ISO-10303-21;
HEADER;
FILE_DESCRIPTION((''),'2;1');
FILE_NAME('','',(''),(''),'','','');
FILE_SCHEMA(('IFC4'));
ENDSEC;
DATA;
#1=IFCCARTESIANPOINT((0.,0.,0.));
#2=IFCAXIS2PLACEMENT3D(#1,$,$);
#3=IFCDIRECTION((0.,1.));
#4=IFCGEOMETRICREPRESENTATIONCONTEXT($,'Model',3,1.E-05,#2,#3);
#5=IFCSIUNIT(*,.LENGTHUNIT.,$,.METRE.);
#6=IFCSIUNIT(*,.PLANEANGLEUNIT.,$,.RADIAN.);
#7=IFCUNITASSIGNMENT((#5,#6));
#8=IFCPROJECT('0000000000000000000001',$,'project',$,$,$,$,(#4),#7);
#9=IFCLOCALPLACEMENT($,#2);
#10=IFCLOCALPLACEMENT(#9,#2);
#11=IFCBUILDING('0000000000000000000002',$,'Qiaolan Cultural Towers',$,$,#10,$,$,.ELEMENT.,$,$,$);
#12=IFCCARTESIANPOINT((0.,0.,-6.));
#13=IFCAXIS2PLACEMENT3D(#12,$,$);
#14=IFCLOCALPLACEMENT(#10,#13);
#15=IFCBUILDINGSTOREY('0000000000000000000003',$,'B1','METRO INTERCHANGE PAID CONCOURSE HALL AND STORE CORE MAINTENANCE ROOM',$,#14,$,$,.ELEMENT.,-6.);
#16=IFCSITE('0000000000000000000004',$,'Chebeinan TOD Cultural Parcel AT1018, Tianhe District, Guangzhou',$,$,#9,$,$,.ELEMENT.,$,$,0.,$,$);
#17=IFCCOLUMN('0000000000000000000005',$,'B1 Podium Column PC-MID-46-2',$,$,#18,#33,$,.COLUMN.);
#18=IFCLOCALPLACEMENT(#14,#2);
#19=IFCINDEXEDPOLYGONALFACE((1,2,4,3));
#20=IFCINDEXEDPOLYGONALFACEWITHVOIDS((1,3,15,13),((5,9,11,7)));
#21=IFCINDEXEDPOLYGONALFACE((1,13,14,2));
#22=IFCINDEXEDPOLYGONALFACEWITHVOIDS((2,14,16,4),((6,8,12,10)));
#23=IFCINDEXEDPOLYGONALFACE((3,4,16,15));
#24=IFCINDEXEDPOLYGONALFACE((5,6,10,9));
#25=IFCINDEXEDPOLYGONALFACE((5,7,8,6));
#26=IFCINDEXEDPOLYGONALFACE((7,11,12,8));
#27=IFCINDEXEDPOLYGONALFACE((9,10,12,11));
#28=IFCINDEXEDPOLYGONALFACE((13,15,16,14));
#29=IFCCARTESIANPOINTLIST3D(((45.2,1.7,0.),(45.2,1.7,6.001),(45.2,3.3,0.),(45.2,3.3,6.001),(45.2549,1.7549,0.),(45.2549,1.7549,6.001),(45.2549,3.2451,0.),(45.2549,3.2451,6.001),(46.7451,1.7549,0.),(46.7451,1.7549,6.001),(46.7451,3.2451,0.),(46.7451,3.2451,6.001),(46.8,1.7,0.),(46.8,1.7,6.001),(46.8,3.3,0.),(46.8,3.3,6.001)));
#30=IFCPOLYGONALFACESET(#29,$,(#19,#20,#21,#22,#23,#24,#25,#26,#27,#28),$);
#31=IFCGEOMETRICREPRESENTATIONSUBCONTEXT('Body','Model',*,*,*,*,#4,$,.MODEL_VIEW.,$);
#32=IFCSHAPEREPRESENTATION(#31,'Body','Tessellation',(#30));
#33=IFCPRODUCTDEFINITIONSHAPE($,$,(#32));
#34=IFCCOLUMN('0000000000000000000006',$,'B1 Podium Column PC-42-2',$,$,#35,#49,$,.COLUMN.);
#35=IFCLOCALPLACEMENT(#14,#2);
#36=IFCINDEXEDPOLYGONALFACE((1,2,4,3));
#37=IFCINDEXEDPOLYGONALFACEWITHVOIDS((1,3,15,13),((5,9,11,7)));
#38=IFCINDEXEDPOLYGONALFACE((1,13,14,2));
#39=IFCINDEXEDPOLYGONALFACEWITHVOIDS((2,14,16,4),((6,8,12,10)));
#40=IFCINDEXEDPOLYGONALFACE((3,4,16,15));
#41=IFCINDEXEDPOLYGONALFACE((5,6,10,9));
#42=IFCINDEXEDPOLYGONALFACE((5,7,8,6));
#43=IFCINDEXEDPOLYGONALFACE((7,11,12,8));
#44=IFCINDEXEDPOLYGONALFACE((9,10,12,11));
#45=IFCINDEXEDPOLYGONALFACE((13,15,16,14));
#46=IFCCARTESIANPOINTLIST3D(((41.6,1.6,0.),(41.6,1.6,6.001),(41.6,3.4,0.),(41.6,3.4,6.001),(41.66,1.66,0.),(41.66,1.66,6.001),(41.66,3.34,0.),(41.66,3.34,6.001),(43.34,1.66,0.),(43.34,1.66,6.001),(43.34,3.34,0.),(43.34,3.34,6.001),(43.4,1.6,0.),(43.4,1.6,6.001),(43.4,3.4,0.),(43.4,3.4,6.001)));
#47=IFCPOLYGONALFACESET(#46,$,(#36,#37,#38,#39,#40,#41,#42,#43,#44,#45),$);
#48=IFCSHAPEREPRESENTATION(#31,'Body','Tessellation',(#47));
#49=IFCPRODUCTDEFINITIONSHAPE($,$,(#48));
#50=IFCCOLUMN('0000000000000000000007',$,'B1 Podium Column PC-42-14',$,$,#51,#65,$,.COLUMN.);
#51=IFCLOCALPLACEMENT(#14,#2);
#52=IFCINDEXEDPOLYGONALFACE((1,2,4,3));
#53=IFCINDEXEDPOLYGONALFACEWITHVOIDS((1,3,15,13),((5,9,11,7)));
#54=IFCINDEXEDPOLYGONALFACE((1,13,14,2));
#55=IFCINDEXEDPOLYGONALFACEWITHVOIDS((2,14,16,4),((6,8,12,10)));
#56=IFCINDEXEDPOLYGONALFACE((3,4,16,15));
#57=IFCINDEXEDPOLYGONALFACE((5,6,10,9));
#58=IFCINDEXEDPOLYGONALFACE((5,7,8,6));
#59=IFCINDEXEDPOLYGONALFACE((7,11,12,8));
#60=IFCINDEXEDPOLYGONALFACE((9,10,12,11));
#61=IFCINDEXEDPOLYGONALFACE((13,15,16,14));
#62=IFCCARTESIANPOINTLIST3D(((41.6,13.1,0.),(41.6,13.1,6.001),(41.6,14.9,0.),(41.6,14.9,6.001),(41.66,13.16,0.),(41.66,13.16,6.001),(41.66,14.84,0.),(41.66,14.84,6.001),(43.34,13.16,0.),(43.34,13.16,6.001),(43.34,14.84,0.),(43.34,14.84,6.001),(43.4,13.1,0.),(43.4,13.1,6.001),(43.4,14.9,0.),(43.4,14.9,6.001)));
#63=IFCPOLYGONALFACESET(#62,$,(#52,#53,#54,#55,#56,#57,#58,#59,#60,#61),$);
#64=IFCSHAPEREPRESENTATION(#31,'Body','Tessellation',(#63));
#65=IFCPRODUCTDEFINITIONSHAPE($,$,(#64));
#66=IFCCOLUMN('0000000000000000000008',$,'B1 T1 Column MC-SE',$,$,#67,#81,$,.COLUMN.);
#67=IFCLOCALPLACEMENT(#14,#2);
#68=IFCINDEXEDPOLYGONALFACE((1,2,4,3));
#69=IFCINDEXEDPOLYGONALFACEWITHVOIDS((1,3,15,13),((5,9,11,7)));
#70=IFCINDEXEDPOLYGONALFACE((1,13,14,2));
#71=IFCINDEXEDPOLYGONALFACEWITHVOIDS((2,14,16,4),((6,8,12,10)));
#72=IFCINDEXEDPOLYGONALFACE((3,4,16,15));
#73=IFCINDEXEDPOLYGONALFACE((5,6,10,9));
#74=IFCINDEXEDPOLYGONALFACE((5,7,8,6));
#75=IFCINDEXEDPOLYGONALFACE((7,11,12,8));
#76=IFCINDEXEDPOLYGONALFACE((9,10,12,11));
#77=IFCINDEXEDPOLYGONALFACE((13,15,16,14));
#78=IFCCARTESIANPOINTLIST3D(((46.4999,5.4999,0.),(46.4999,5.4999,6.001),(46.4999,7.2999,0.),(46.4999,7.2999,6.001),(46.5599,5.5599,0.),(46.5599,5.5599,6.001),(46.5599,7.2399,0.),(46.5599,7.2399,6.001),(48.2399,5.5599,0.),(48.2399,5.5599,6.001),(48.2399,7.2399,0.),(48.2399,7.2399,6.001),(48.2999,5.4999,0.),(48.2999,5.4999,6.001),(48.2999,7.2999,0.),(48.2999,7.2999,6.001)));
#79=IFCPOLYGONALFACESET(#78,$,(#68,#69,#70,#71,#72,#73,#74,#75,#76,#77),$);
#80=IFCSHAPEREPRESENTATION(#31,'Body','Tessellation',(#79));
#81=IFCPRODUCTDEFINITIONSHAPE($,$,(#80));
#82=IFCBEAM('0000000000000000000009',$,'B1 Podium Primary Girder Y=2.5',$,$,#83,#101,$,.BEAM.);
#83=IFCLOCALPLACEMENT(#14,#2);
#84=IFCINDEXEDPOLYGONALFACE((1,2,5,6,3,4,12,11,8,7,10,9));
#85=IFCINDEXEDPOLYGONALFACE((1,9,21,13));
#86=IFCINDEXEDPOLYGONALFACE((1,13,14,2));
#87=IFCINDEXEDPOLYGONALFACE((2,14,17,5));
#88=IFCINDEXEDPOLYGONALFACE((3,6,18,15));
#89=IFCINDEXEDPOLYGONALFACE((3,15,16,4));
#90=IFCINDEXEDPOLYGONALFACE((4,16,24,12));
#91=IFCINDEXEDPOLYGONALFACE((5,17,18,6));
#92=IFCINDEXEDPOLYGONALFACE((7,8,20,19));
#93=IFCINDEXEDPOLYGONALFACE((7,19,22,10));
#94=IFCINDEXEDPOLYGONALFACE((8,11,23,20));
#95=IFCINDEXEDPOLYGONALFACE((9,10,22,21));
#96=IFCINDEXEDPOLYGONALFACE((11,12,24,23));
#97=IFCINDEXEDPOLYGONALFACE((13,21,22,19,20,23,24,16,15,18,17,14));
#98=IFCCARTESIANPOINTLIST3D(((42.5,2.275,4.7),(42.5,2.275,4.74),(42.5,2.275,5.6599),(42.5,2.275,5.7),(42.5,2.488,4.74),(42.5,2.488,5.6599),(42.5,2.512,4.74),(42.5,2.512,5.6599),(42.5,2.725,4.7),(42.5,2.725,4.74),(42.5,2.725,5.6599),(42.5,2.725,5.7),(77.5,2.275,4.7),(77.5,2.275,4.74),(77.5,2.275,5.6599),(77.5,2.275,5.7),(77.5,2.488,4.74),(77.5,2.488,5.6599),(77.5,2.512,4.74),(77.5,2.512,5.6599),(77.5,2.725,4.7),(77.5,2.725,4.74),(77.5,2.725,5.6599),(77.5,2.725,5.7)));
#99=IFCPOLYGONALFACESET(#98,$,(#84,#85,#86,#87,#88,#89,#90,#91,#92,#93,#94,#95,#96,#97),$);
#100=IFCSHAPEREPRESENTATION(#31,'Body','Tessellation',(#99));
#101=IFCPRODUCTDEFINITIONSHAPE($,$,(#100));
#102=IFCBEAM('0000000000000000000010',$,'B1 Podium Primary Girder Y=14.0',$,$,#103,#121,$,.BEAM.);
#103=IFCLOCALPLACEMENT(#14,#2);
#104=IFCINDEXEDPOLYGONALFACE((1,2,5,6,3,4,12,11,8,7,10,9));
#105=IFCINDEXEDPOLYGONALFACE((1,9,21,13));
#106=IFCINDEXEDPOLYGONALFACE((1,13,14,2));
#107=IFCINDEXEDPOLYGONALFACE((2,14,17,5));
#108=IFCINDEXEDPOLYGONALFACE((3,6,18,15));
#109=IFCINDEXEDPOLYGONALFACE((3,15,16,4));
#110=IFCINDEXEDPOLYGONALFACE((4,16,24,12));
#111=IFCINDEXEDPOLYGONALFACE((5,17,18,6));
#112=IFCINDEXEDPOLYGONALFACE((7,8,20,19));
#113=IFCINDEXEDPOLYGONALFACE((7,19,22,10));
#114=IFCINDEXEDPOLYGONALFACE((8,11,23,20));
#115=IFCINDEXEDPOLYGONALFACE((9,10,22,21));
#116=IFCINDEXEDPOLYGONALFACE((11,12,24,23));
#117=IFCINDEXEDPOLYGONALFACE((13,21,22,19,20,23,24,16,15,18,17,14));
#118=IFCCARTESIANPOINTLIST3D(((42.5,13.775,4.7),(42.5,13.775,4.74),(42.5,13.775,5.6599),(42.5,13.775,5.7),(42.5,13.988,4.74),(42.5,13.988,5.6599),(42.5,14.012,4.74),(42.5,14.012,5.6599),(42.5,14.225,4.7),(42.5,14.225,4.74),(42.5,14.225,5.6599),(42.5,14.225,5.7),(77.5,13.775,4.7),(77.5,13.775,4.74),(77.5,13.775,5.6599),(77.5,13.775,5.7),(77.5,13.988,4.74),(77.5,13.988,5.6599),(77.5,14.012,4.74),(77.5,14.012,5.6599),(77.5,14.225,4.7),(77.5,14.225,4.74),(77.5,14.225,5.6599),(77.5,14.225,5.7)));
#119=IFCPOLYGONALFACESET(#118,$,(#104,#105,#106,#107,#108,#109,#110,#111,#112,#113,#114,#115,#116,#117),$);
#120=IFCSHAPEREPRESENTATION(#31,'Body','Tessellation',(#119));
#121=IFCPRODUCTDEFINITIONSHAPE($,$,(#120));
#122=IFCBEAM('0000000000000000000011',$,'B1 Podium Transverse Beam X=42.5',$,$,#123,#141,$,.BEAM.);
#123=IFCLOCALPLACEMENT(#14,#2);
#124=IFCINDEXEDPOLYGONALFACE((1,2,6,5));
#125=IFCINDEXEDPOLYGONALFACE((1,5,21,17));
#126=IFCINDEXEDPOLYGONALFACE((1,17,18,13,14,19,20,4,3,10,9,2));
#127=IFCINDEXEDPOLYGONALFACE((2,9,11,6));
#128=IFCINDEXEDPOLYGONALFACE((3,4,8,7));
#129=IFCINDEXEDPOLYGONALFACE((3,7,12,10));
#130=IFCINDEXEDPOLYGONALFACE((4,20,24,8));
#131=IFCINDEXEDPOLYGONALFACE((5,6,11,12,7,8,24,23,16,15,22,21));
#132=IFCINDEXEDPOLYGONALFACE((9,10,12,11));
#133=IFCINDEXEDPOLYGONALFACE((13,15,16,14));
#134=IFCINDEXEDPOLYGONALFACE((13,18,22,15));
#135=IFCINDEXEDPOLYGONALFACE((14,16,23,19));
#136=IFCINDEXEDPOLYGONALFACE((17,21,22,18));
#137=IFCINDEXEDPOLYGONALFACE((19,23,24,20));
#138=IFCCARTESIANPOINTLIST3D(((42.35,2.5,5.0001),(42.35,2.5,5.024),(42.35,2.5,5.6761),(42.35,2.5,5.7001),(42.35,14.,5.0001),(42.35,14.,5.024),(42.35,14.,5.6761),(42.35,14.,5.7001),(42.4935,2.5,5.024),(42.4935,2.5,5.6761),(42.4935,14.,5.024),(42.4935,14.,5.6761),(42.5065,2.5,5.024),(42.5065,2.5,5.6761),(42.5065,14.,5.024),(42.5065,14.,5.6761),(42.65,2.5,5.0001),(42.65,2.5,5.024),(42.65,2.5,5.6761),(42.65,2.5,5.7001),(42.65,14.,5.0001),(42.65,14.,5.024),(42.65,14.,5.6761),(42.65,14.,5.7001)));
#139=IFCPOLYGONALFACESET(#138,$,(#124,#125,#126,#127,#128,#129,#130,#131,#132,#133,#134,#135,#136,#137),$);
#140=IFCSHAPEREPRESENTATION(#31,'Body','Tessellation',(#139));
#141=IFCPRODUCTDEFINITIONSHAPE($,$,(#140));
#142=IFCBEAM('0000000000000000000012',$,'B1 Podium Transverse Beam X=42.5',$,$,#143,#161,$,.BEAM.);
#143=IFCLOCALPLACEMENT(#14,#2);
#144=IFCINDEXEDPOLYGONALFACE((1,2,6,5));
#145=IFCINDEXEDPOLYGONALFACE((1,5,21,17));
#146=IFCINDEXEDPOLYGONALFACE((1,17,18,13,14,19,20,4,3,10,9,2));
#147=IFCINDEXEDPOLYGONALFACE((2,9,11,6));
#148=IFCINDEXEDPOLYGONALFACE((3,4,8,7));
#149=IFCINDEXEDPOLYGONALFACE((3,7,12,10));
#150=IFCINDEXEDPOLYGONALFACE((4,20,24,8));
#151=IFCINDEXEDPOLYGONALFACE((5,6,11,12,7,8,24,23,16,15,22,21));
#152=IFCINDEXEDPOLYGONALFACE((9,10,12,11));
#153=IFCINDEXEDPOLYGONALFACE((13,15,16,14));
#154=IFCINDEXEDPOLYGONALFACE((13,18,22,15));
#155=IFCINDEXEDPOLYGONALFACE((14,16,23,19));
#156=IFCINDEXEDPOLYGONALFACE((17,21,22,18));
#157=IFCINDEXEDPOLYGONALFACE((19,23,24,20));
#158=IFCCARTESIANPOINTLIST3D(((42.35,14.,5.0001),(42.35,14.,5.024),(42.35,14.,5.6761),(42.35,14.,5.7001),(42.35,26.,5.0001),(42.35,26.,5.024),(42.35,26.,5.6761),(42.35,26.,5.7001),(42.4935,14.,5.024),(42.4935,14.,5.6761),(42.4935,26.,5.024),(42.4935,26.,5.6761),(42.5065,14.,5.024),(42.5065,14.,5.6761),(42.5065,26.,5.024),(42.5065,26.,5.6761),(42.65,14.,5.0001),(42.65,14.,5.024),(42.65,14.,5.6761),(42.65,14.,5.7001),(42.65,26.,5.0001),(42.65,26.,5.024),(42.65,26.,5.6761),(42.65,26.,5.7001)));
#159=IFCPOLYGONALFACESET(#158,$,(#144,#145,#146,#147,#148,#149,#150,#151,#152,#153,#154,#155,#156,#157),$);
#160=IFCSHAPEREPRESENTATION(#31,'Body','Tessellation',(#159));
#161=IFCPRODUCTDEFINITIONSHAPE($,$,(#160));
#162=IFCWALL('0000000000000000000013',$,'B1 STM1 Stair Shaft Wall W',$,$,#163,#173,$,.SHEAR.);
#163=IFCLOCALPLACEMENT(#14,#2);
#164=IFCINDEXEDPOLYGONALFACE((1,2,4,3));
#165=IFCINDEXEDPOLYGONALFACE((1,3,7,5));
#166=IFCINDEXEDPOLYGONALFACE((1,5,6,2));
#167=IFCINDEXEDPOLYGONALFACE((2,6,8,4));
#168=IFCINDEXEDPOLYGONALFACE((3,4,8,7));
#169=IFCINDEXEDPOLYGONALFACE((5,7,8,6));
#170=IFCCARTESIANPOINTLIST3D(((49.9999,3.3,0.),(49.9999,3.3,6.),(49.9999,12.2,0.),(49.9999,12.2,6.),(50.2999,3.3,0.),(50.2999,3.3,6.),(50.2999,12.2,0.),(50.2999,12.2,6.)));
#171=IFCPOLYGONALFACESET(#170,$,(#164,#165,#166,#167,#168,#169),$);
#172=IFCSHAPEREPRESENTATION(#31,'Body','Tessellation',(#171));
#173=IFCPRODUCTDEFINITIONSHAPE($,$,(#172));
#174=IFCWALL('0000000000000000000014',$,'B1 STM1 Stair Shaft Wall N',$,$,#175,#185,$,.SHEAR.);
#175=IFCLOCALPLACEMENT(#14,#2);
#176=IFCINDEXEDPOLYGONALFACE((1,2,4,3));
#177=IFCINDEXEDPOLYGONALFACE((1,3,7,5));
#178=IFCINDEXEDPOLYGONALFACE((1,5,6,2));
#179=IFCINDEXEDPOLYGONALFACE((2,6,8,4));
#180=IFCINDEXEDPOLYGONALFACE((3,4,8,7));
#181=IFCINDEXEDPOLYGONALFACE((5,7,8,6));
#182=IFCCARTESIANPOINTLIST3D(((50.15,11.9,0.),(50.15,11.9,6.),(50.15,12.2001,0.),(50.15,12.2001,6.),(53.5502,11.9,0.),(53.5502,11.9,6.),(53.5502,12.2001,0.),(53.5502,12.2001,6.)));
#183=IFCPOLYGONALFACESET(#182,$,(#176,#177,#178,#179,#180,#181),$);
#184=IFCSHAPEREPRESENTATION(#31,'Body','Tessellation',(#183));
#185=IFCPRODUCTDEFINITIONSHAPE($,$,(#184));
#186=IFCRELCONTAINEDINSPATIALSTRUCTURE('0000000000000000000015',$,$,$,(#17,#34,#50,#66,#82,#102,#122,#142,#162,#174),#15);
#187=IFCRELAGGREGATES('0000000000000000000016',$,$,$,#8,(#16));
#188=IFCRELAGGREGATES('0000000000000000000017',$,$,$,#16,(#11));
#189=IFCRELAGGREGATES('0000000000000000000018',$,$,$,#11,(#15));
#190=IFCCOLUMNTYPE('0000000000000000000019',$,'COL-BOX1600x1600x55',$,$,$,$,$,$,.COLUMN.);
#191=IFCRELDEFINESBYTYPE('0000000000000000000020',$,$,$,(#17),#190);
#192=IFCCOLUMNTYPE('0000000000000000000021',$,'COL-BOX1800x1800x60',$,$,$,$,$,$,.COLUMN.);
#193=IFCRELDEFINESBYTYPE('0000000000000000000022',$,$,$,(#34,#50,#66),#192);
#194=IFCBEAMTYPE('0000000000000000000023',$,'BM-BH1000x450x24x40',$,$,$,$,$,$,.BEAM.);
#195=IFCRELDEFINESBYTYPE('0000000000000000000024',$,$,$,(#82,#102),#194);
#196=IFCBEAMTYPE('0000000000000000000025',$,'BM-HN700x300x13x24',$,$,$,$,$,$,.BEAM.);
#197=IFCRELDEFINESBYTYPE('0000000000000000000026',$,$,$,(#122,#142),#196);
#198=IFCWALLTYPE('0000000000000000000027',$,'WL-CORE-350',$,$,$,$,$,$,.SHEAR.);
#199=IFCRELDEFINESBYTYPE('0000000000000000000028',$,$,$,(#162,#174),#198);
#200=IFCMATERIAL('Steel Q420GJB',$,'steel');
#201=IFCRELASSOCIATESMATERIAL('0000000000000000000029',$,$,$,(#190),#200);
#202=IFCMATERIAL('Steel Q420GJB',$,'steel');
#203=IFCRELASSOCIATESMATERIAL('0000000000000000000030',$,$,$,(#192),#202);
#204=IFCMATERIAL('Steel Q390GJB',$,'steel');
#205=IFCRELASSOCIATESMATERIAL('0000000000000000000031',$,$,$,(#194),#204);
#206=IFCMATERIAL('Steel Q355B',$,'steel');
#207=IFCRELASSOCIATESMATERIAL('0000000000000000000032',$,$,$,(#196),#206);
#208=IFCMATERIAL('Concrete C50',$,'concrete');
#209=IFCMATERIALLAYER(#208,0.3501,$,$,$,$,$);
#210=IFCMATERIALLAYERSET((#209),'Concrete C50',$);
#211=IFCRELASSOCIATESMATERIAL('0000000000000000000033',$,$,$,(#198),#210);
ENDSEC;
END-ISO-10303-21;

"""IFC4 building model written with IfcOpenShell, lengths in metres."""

from ifc_helpers import new_model, si_unit, direction, frame, frame_2d, origin, origin_2d, place, context, subcontext, project, spatial, rectangle, hollow_rectangle, i_section, extrude, material, layer, layer_set, material_profile, profile_set, type_object, element, save


model = new_model("IFC4")

# Units and contexts
model_context = context("Model", 3, precision=1e-05, world=origin(), true_north=direction((0.0, 1.0)))
body_context = subcontext(model_context, "Body", "Model", "MODEL_VIEW")
ifc_project = project(units=[si_unit("LENGTHUNIT", "METRE"), si_unit("PLANEANGLEUNIT", "RADIAN")], contexts=[model_context])

# Site, building, storey
site_placement = place(None, origin())
site = spatial("IfcSite", under=ifc_project, at=site_placement, Name="Chebeinan TOD Cultural Parcel AT1018, Tianhe District, Guangzhou", CompositionType="ELEMENT", RefElevation=0.0)
building_placement = place(site_placement, origin())
building = spatial("IfcBuilding", under=site, at=building_placement, Name="Qiaolan Cultural Towers", CompositionType="ELEMENT")
storey_placement = place(building_placement, frame((0.0, 0.0, -6.0)))
storey = spatial("IfcBuildingStorey", under=building, at=storey_placement, Name="B1", Description="METRO INTERCHANGE PAID CONCOURSE HALL AND STORE CORE MAINTENANCE ROOM", CompositionType="ELEMENT", Elevation=-6.0)

# Columns
ifc_material_1 = material(Name="Steel Q420GJB", Category="steel")
ifc_material_profile_1 = material_profile(ifc_material_1, hollow_rectangle(XDim=1.6001, YDim=1.6001, WallThickness=0.0549, at=origin_2d()), Name="BOX1600x1600x55")
ifc_profile_set_1 = profile_set([ifc_material_profile_1], Name="Steel Q420GJB")
column_type_1 = type_object("IfcColumnType", Name="COL-BOX1600x1600x55", PredefinedType="COLUMN", material=ifc_profile_set_1)
column_placement = place(storey_placement, frame((46.0, 2.5, 0.0), z_axis=(0.0, 0.0, 1.0), x_axis=(1.0, 0.0, 0.0)))
element("IfcColumn", 1, at=column_placement, inside=storey, type_object=column_type_1, Name="B1 Podium Column PC-MID-46-2", PredefinedType="COLUMN", context=body_context, shape_type="SweptSolid", body=[
    extrude(hollow_rectangle(XDim=1.6001, YDim=1.6001, WallThickness=0.0549, at=origin_2d()), origin(), (0.0, 0.0, 1.0), 6.001),
])
ifc_material_2 = material(Name="Steel Q420GJB", Category="steel")
ifc_material_profile_2 = material_profile(ifc_material_2, hollow_rectangle(XDim=1.8, YDim=1.8, WallThickness=0.0601, at=origin_2d()), Name="BOX1800x1800x60")
ifc_profile_set_2 = profile_set([ifc_material_profile_2], Name="Steel Q420GJB")
column_type_2 = type_object("IfcColumnType", Name="COL-BOX1800x1800x60", PredefinedType="COLUMN", material=ifc_profile_set_2)
for number, where, z_axis, x_axis, name in (
    (2, (42.5, 2.5, 0.0), (0.0, 0.0, 1.0), (1.0, 0.0, 0.0), "B1 Podium Column PC-42-2"),
    (3, (42.5, 14.0, 0.0), (0.0, 0.0, 1.0), (1.0, 0.0, 0.0), "B1 Podium Column PC-42-14"),
    (4, (47.3999, 6.3999, 0.0), (0.0, 0.0, 1.0), (1.0, 0.0, 0.0), "B1 T1 Column MC-SE"),
):
    element("IfcColumn", number, at=place(storey_placement, frame(where, z_axis=z_axis, x_axis=x_axis)), inside=storey, type_object=column_type_2, Name=name, PredefinedType="COLUMN", context=body_context, shape_type="SweptSolid", body=[
        extrude(hollow_rectangle(XDim=1.8, YDim=1.8, WallThickness=0.0601, at=origin_2d()), origin(), (0.0, 0.0, 1.0), 6.001),
    ])

# Beams
ifc_material_3 = material(Name="Steel Q390GJB", Category="steel")
ifc_material_profile_3 = material_profile(ifc_material_3, i_section(OverallWidth=0.45, OverallDepth=1.0, WebThickness=0.0239, FlangeThickness=0.04, at=origin_2d()), Name="BH1000x450x24x40")
ifc_profile_set_3 = profile_set([ifc_material_profile_3], Name="Steel Q390GJB")
beam_type_1 = type_object("IfcBeamType", Name="BM-BH1000x450x24x40", PredefinedType="BEAM", material=ifc_profile_set_3)
for number, where, z_axis, x_axis, name in (
    (5, (42.5, 2.5, 5.2), (1.0, 0.0, 0.0), (0.0, 1.0, 0.0), "B1 Podium Primary Girder Y=2.5"),
    (6, (42.5, 14.0, 5.2), (1.0, 0.0, 0.0), (0.0, 1.0, 0.0), "B1 Podium Primary Girder Y=14.0"),
):
    element("IfcBeam", number, at=place(storey_placement, frame(where, z_axis=z_axis, x_axis=x_axis)), inside=storey, type_object=beam_type_1, Name=name, PredefinedType="BEAM", context=body_context, shape_type="SweptSolid", body=[
        extrude(i_section(OverallWidth=0.45, OverallDepth=1.0, WebThickness=0.0239, FlangeThickness=0.04, at=origin_2d()), origin(), (0.0, 0.0, 1.0), 35.0),
    ])
ifc_material_4 = material(Name="Steel Q355B", Category="steel")
ifc_material_profile_4 = material_profile(ifc_material_4, i_section(OverallWidth=0.3, OverallDepth=0.7, WebThickness=0.0129, FlangeThickness=0.0239, at=origin_2d()), Name="HN700x300x13x24")
ifc_profile_set_4 = profile_set([ifc_material_profile_4], Name="Steel Q355B")
beam_type_2 = type_object("IfcBeamType", Name="BM-HN700x300x13x24", PredefinedType="BEAM", material=ifc_profile_set_4)
beam_1_placement = place(storey_placement, frame((42.5, 2.5, 5.3501), z_axis=(0.0, 1.0, 0.0), x_axis=(-1.0, 0.0, 0.0)))
element("IfcBeam", 7, at=beam_1_placement, inside=storey, type_object=beam_type_2, Name="B1 Podium Transverse Beam X=42.5", PredefinedType="BEAM", context=body_context, shape_type="SweptSolid", body=[
    extrude(i_section(OverallWidth=0.3, OverallDepth=0.7, WebThickness=0.0129, FlangeThickness=0.0239, at=origin_2d()), origin(), (0.0, 0.0, 1.0), 11.5),
])
beam_2_placement = place(storey_placement, frame((42.5, 14.0, 5.3501), z_axis=(0.0, 1.0, 0.0), x_axis=(-1.0, 0.0, 0.0)))
element("IfcBeam", 8, at=beam_2_placement, inside=storey, type_object=beam_type_2, Name="B1 Podium Transverse Beam X=42.5", PredefinedType="BEAM", context=body_context, shape_type="SweptSolid", body=[
    extrude(i_section(OverallWidth=0.3, OverallDepth=0.7, WebThickness=0.0129, FlangeThickness=0.0239, at=origin_2d()), origin(), (0.0, 0.0, 1.0), 12.0),
])

# Walls
ifc_material_5 = material(Name="Concrete C50", Category="concrete")
ifc_layer_1 = layer(ifc_material_5, 0.3501)
ifc_layer_set_1 = layer_set([ifc_layer_1], Name="Concrete C50")
wall_type_1 = type_object("IfcWallType", Name="WL-CORE-350", PredefinedType="SHEAR", material=ifc_layer_set_1)
wall_1_placement = place(storey_placement, frame((50.1499, 3.3, 0.0), z_axis=(0.0, 0.0, 1.0), x_axis=(0.0, 1.0, 0.0)))
element("IfcWall", 9, at=wall_1_placement, inside=storey, type_object=wall_type_1, Name="B1 STM1 Stair Shaft Wall W", PredefinedType="SHEAR", context=body_context, shape_type="SweptSolid", body=[
    extrude(rectangle(XDim=8.8999, YDim=0.3, at=frame_2d((4.45, 0.0))), origin(), (0.0, 0.0, 1.0), 6.0),
])
wall_2_placement = place(storey_placement, frame((50.1499, 12.05, 0.0), z_axis=(0.0, 0.0, 1.0), x_axis=(1.0, 0.0, 0.0)))
element("IfcWall", 10, at=wall_2_placement, inside=storey, type_object=wall_type_1, Name="B1 STM1 Stair Shaft Wall N", PredefinedType="SHEAR", context=body_context, shape_type="SweptSolid", body=[
    extrude(rectangle(XDim=3.4001, YDim=0.3, at=frame_2d((1.7002, 0.0))), origin(), (0.0, 0.0, 1.0), 6.0),
])

save(model, "model.ifc")
